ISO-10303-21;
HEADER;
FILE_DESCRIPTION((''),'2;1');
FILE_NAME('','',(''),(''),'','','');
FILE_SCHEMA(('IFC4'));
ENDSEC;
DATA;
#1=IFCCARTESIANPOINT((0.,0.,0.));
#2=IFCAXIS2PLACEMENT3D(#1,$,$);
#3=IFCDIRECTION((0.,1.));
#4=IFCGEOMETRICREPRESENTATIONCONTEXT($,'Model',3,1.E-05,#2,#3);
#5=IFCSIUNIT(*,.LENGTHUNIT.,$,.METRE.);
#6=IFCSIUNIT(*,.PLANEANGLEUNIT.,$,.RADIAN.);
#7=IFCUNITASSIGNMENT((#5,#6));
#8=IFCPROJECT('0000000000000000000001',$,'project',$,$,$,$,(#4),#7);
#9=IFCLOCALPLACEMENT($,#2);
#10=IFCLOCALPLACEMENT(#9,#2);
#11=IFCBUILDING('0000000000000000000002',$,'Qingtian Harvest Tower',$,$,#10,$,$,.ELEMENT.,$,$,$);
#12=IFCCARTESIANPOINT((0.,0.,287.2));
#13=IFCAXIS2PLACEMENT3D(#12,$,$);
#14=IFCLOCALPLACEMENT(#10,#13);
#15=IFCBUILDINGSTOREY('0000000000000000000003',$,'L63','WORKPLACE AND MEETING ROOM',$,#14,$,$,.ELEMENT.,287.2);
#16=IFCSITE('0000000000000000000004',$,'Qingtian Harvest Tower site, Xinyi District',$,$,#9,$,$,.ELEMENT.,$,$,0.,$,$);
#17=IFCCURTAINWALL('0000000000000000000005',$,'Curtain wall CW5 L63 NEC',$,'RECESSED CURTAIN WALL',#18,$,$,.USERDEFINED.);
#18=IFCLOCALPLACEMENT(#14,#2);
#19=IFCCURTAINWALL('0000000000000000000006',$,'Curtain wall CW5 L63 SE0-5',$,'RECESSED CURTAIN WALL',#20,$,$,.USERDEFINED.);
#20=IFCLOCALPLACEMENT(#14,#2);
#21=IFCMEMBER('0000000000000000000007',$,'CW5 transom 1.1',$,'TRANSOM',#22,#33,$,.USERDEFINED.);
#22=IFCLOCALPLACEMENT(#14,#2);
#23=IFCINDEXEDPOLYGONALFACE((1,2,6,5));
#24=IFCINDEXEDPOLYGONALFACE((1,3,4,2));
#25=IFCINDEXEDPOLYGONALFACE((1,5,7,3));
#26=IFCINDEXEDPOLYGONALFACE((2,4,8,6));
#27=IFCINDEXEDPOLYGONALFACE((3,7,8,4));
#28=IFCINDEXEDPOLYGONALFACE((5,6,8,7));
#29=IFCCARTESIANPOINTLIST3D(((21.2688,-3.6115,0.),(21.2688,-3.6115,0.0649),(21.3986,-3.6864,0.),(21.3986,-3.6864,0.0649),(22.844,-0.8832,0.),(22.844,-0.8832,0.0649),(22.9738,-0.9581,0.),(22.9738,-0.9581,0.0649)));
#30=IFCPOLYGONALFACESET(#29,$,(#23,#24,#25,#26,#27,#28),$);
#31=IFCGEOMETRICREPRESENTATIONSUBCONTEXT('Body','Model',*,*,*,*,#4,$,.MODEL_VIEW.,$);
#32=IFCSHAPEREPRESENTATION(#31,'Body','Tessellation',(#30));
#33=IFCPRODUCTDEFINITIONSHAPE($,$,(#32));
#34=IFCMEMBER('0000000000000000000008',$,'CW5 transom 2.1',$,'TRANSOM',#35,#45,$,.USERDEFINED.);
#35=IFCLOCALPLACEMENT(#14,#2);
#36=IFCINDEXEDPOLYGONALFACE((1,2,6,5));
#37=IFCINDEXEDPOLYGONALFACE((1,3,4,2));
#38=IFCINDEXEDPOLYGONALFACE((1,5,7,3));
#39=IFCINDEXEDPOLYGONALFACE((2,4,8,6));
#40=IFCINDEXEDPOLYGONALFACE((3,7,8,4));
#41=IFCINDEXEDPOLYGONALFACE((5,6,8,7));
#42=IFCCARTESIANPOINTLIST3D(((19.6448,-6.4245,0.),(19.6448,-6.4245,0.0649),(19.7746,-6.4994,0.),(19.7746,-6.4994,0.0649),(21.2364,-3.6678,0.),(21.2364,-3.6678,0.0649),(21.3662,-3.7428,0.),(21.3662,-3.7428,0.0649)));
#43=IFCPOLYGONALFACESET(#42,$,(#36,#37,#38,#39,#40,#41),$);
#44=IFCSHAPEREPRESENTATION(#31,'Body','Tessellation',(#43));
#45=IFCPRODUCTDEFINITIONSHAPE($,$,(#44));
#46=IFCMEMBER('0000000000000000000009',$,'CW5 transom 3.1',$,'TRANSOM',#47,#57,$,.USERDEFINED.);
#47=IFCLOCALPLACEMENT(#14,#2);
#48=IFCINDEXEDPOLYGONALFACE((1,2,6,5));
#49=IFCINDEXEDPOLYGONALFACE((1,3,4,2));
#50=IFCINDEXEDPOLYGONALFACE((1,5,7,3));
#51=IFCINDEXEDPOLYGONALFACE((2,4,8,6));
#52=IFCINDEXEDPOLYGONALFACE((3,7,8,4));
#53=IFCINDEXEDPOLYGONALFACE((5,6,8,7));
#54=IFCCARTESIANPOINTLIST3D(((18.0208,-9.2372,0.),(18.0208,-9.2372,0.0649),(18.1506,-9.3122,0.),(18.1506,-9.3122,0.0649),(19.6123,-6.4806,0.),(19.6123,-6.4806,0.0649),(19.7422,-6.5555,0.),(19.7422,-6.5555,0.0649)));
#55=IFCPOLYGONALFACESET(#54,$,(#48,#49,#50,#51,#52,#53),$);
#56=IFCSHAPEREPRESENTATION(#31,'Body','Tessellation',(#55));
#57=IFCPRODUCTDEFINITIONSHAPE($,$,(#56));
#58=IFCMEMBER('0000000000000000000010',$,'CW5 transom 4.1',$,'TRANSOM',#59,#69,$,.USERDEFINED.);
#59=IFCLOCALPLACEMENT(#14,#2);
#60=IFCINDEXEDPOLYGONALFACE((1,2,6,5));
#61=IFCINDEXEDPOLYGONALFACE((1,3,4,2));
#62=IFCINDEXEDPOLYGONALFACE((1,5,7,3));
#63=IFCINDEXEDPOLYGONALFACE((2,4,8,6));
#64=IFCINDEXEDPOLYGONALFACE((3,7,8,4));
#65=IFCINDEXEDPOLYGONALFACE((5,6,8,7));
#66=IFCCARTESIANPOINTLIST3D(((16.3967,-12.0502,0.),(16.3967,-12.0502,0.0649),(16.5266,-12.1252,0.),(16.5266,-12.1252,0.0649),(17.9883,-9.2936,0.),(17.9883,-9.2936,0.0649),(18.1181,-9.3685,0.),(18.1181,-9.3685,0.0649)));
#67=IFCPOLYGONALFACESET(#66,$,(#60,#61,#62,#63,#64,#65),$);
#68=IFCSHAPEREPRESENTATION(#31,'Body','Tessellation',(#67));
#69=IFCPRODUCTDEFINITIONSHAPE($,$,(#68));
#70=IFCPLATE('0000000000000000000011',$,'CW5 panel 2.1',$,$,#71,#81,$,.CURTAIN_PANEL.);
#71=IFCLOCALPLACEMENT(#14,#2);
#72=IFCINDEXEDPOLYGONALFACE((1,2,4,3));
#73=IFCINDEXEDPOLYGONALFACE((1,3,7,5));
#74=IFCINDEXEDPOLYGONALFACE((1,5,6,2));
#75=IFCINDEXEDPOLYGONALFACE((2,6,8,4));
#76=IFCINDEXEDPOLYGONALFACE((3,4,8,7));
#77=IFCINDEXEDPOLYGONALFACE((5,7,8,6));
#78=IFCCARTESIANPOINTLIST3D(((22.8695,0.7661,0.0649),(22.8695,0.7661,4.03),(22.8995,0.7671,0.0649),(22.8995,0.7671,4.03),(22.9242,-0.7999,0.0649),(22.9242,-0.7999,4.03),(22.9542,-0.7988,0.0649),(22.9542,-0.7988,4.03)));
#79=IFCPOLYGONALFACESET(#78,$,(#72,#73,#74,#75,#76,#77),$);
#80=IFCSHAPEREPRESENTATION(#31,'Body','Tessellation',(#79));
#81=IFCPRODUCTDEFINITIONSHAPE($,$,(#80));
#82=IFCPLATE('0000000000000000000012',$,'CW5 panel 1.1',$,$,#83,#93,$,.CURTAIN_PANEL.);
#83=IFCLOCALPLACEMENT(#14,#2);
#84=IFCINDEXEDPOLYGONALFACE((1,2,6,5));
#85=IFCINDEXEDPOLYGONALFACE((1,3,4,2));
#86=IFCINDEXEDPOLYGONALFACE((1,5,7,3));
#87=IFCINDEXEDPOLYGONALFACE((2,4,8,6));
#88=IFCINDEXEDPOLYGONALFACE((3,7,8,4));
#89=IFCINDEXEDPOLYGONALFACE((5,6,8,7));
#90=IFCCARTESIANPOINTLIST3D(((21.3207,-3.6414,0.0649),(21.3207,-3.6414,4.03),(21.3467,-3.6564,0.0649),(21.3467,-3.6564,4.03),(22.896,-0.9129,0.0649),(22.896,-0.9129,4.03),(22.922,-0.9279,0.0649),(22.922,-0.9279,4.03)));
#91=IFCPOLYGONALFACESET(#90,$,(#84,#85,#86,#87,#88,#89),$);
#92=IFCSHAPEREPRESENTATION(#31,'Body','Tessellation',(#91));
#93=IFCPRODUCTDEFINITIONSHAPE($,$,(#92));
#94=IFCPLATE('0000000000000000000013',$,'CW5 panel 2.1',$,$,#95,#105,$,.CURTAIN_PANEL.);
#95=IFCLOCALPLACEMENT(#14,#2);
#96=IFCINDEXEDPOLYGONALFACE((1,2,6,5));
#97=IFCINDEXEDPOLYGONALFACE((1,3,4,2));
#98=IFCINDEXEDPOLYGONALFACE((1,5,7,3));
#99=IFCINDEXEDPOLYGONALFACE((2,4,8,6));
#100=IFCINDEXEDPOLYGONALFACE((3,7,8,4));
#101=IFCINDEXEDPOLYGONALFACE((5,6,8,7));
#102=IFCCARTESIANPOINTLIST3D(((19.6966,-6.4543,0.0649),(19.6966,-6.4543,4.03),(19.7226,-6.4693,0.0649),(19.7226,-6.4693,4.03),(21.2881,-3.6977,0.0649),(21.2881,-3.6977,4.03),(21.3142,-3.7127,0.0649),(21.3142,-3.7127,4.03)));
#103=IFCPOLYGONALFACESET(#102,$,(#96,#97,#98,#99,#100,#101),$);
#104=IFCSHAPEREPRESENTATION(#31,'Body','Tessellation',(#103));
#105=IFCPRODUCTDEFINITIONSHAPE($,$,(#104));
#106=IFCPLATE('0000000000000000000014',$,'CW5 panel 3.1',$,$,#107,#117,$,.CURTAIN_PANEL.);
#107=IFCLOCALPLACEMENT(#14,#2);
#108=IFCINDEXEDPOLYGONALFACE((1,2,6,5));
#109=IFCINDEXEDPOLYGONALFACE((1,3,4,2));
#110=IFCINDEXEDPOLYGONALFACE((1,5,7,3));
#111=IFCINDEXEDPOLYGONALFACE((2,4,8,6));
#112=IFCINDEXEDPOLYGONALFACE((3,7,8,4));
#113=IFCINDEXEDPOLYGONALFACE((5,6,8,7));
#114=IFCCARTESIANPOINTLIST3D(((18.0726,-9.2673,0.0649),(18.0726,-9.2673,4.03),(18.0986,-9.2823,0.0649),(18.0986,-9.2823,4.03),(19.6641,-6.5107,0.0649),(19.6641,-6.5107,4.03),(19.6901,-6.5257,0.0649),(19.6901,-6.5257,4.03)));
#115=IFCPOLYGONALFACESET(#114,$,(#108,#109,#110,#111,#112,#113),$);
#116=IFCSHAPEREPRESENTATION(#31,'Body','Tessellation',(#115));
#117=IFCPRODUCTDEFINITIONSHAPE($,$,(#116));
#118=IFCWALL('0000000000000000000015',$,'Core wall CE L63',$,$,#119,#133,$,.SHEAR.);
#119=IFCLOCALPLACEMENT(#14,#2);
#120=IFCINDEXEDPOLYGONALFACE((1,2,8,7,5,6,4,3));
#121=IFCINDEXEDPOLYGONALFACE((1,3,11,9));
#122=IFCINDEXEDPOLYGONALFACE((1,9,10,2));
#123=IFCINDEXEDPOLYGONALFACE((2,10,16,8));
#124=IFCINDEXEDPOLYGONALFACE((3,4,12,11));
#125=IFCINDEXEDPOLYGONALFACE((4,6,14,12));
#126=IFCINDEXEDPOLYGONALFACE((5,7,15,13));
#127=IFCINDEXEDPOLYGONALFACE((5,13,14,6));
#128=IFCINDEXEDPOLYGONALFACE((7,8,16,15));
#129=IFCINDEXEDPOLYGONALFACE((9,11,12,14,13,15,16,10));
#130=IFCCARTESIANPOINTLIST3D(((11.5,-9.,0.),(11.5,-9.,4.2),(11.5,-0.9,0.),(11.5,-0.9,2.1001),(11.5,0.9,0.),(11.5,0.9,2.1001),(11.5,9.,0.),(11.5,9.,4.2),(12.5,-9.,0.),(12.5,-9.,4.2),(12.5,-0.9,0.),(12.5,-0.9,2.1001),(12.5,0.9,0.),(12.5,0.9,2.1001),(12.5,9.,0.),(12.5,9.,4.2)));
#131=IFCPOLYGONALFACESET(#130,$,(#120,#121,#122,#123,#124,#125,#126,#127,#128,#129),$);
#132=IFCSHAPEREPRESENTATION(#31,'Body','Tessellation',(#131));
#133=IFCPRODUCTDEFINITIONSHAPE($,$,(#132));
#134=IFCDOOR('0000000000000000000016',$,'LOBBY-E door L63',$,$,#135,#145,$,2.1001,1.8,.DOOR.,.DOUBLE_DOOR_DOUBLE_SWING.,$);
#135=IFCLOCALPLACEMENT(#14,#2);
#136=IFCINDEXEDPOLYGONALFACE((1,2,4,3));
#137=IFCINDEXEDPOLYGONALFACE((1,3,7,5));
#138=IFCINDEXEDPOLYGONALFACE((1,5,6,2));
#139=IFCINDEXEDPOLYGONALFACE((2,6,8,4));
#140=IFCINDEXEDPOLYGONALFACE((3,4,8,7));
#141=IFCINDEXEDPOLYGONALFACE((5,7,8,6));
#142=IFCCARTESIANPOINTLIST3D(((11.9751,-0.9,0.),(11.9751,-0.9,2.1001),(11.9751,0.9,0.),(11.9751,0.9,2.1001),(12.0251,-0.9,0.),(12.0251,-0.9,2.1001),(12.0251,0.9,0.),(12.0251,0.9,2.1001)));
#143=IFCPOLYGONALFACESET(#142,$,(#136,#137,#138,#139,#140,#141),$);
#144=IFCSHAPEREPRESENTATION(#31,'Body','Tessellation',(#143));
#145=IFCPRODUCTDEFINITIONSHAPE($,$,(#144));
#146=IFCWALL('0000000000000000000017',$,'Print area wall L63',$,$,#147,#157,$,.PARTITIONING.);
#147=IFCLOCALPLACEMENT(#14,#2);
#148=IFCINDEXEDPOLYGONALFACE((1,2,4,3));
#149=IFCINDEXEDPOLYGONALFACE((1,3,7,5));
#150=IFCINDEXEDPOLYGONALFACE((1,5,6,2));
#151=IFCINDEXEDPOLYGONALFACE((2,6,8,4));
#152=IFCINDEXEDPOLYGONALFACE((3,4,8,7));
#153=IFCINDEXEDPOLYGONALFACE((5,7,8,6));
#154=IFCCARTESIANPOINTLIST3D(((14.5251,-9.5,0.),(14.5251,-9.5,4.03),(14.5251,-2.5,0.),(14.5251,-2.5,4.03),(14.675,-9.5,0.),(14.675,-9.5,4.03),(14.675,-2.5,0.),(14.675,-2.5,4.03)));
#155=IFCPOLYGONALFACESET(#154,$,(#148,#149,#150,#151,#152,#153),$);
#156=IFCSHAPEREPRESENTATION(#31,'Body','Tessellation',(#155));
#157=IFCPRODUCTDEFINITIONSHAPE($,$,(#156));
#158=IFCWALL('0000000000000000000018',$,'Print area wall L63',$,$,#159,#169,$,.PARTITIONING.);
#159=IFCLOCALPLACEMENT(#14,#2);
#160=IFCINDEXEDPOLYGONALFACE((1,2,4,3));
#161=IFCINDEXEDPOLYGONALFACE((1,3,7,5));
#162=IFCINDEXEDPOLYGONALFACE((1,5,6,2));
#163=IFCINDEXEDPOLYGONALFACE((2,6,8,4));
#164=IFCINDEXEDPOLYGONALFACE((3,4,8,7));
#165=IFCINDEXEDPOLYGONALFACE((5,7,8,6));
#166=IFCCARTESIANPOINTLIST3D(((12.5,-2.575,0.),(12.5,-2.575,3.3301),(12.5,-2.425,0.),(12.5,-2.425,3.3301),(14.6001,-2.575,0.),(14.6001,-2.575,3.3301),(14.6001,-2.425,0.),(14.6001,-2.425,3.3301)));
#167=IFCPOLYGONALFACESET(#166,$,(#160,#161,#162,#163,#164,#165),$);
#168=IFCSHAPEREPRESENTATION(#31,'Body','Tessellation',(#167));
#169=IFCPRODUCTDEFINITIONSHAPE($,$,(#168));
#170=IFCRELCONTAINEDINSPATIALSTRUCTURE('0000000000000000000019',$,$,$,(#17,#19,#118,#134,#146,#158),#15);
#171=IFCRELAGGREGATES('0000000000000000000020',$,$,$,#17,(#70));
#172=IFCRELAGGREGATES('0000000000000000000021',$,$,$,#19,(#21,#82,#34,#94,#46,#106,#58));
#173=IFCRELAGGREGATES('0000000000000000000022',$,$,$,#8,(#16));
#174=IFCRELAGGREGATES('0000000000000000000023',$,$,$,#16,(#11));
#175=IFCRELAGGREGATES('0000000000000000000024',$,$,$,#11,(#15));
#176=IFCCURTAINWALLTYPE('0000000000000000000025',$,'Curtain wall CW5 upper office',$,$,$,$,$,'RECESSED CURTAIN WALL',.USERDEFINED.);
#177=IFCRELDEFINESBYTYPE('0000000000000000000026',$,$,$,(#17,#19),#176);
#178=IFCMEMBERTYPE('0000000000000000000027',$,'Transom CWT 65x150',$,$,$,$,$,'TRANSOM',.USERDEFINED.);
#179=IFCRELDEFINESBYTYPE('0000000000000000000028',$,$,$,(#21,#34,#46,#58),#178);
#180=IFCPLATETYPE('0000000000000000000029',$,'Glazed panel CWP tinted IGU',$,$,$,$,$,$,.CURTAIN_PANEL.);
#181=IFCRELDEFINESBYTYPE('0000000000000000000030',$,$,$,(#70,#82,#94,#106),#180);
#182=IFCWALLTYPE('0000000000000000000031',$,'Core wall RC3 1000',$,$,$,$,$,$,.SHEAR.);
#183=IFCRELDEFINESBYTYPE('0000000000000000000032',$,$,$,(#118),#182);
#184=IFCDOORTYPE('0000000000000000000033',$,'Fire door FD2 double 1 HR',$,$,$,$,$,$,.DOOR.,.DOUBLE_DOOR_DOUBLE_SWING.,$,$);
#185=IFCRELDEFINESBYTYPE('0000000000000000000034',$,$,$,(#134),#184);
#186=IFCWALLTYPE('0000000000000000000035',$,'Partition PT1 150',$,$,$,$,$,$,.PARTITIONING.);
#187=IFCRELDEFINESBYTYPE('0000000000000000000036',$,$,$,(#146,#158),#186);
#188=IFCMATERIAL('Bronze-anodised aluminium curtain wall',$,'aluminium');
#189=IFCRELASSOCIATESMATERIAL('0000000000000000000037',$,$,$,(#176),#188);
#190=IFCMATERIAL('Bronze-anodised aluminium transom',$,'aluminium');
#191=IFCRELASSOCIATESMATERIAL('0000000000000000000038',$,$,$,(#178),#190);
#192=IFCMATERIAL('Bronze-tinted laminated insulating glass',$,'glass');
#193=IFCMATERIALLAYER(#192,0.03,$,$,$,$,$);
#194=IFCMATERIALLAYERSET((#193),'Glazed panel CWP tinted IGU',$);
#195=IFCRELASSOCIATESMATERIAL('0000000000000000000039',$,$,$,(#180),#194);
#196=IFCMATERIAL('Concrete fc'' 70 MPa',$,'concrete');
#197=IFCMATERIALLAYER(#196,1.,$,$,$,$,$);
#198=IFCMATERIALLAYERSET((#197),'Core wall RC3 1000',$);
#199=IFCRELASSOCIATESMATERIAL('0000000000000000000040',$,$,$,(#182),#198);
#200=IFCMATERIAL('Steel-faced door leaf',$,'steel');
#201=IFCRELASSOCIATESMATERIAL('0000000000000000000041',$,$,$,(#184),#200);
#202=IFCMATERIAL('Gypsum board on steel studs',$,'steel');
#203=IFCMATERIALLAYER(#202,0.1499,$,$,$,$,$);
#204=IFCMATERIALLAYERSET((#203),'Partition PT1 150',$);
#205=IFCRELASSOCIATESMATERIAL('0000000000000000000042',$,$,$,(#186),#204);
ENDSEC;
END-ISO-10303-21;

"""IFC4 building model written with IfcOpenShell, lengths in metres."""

from ifc_helpers import new_model, si_unit, direction, frame, frame_2d, origin, origin_2d, place, context, subcontext, project, spatial, rectangle, extrude, material, layer, layer_set, material_profile, profile_set, type_object, element, fill, aggregate, save


model = new_model("IFC4")

# Units and contexts
model_context = context("Model", 3, precision=1e-05, world=origin(), true_north=direction((0.0, 1.0)))
body_context = subcontext(model_context, "Body", "Model", "MODEL_VIEW")
ifc_project = project(units=[si_unit("LENGTHUNIT", "METRE"), si_unit("PLANEANGLEUNIT", "RADIAN")], contexts=[model_context])

# Site, building, storey
site_placement = place(None, origin())
site = spatial("IfcSite", under=ifc_project, at=site_placement, Name="Qingtian Harvest Tower site, Xinyi District", CompositionType="ELEMENT", RefElevation=0.0)
building_placement = place(site_placement, origin())
building = spatial("IfcBuilding", under=site, at=building_placement, Name="Qingtian Harvest Tower", CompositionType="ELEMENT")
storey_placement = place(building_placement, frame((0.0, 0.0, 287.2)))
storey = spatial("IfcBuildingStorey", under=building, at=storey_placement, Name="L63", Description="WORKPLACE AND MEETING ROOM", CompositionType="ELEMENT", Elevation=287.2)

# Curtain wall
ifc_material_1 = material(Name="Bronze-anodised aluminium curtain wall", Category="aluminium")
curtain_wall_type = type_object("IfcCurtainWallType", Name="Curtain wall CW5 upper office", ElementType="RECESSED CURTAIN WALL", PredefinedType="USERDEFINED", material=ifc_material_1)
curtain_wall_1_placement = place(storey_placement, origin())
curtain_wall_1 = element("IfcCurtainWall", 1, at=curtain_wall_1_placement, inside=storey, type_object=curtain_wall_type, Name="Curtain wall CW5 L63 NEC", ObjectType="RECESSED CURTAIN WALL", PredefinedType="USERDEFINED")

# Curtain wall
curtain_wall_2_placement = place(storey_placement, origin())
curtain_wall_2 = element("IfcCurtainWall", 2, at=curtain_wall_2_placement, inside=storey, type_object=curtain_wall_type, Name="Curtain wall CW5 L63 SE0-5", ObjectType="RECESSED CURTAIN WALL", PredefinedType="USERDEFINED")

# Members
ifc_material_2 = material(Name="Bronze-anodised aluminium transom", Category="aluminium")
ifc_material_profile_1 = material_profile(ifc_material_2, rectangle(XDim=0.1499, YDim=0.0649, at=origin_2d()), Name="AL 65x150")
ifc_profile_set_1 = profile_set([ifc_material_profile_1], Name="Bronze-anodised aluminium transom")
member_type_1 = type_object("IfcMemberType", Name="Transom CWT 65x150", ElementType="TRANSOM", PredefinedType="USERDEFINED", material=ifc_profile_set_1)
member_1_placement = place(storey_placement, frame((22.9089, -0.9207, 0.0325), z_axis=(-0.500006, -0.866022, 0.0), x_axis=(0.866022, -0.500006, 0.0)))
member_1 = element("IfcMember", 3, at=member_1_placement, type_object=member_type_1, Name="CW5 transom 1.1", ObjectType="TRANSOM", PredefinedType="USERDEFINED", context=body_context, shape_type="SweptSolid", body=[
    extrude(rectangle(XDim=0.1499, YDim=0.0649, at=origin_2d()), origin(), (0.0, 0.0, 1.0), 3.1504),
])
member_2_placement = place(storey_placement, frame((21.3013, -3.7053, 0.0325), z_axis=(-0.500008, -0.866021, 0.0), x_axis=(0.866021, -0.500008, 0.0)))
member_2 = element("IfcMember", 4, at=member_2_placement, type_object=member_type_1, Name="CW5 transom 2.1", ObjectType="TRANSOM", PredefinedType="USERDEFINED", context=body_context, shape_type="SweptSolid", body=[
    extrude(rectangle(XDim=0.1499, YDim=0.0649, at=origin_2d()), origin(), (0.0, 0.0, 1.0), 3.1831),
])
member_3_placement = place(storey_placement, frame((19.6772, -6.5181, 0.0325), z_axis=(-0.500008, -0.866021, 0.0), x_axis=(0.866021, -0.500008, 0.0)))
member_3 = element("IfcMember", 5, at=member_3_placement, type_object=member_type_1, Name="CW5 transom 3.1", ObjectType="TRANSOM", PredefinedType="USERDEFINED", context=body_context, shape_type="SweptSolid", body=[
    extrude(rectangle(XDim=0.1499, YDim=0.0649, at=origin_2d()), origin(), (0.0, 0.0, 1.0), 3.1831),
])
member_4_placement = place(storey_placement, frame((18.0532, -9.3311, 0.0325), z_axis=(-0.500008, -0.866021, 0.0), x_axis=(0.866021, -0.500008, 0.0)))
member_4 = element("IfcMember", 6, at=member_4_placement, type_object=member_type_1, Name="CW5 transom 4.1", ObjectType="TRANSOM", PredefinedType="USERDEFINED", context=body_context, shape_type="SweptSolid", body=[
    extrude(rectangle(XDim=0.1499, YDim=0.0649, at=origin_2d()), origin(), (0.0, 0.0, 1.0), 3.1831),
])

# Plates
ifc_material_3 = material(Name="Bronze-tinted laminated insulating glass", Category="glass")
ifc_layer_1 = layer(ifc_material_3, 0.03)
ifc_layer_set_1 = layer_set([ifc_layer_1], Name="Glazed panel CWP tinted IGU")
plate_type = type_object("IfcPlateType", Name="Glazed panel CWP tinted IGU", PredefinedType="CURTAIN_PANEL", material=ifc_layer_set_1)
plate_1_placement = place(storey_placement, frame((22.9119, -0.0164, 0.0649), z_axis=(0.0, 0.0, 1.0), x_axis=(0.034899, -0.999391, 0.0)))
plate_1 = element("IfcPlate", 7, at=plate_1_placement, type_object=plate_type, Name="CW5 panel 2.1", PredefinedType="CURTAIN_PANEL", context=body_context, shape_type="SweptSolid", body=[
    extrude(rectangle(XDim=1.5669, YDim=0.03, at=origin_2d()), origin(), (0.0, 0.0, 1.0), 3.9651),
])
aggregate(curtain_wall_1, [plate_1])
plate_2_placement = place(storey_placement, frame((22.1213, -2.2847, 0.0649), z_axis=(0.0, 0.0, 1.0), x_axis=(-0.5, -0.866025, 0.0)))
plate_2 = element("IfcPlate", 8, at=plate_2_placement, type_object=plate_type, Name="CW5 panel 1.1", PredefinedType="CURTAIN_PANEL", context=body_context, shape_type="SweptSolid", body=[
    extrude(rectangle(XDim=3.1506, YDim=0.03, at=origin_2d()), origin(), (0.0, 0.0, 1.0), 3.9651),
])
plate_3_placement = place(storey_placement, frame((20.5054, -5.0835, 0.0649), z_axis=(0.0, 0.0, 1.0), x_axis=(-0.5, -0.866025, 0.0)))
plate_3 = element("IfcPlate", 9, at=plate_3_placement, type_object=plate_type, Name="CW5 panel 2.1", PredefinedType="CURTAIN_PANEL", context=body_context, shape_type="SweptSolid", body=[
    extrude(rectangle(XDim=3.1831, YDim=0.03, at=origin_2d()), origin(), (0.0, 0.0, 1.0), 3.9651),
])
plate_4_placement = place(storey_placement, frame((18.8813, -7.8965, 0.0649), z_axis=(0.0, 0.0, 1.0), x_axis=(-0.5, -0.866025, 0.0)))
plate_4 = element("IfcPlate", 10, at=plate_4_placement, type_object=plate_type, Name="CW5 panel 3.1", PredefinedType="CURTAIN_PANEL", context=body_context, shape_type="SweptSolid", body=[
    extrude(rectangle(XDim=3.1831, YDim=0.03, at=origin_2d()), origin(), (0.0, 0.0, 1.0), 3.9651),
])
aggregate(curtain_wall_2, [member_1, plate_2, member_2, plate_3, member_3, plate_4, member_4])

# Wall, opening, door
ifc_material_4 = material(Name="Concrete fc' 70 MPa", Category="concrete")
ifc_layer_2 = layer(ifc_material_4, 1.0)
ifc_layer_set_2 = layer_set([ifc_layer_2], Name="Core wall RC3 1000")
wall_type_1 = type_object("IfcWallType", Name="Core wall RC3 1000", PredefinedType="SHEAR", material=ifc_layer_set_2)
wall_1_placement = place(storey_placement, frame((12.0, -9.0, 0.0), z_axis=(0.0, 0.0, 1.0), x_axis=(0.0, 1.0, 0.0)))
wall_1 = element("IfcWall", 11, at=wall_1_placement, inside=storey, type_object=wall_type_1, Name="Core wall CE L63", PredefinedType="SHEAR", context=body_context, shape_type="SweptSolid", body=[
    extrude(rectangle(XDim=18.0, YDim=1.0, at=frame_2d((9.0, 0.0))), origin(), (0.0, 0.0, 1.0), 4.2),
])
opening_placement = place(wall_1_placement, frame((8.1001, 0.0, 0.0)))
opening = element("IfcOpeningElement", 12, at=opening_placement, cuts=wall_1, PredefinedType="OPENING", context=body_context, shape_type="SweptSolid", body=[
    extrude(rectangle(XDim=1.8, YDim=2.1001, at=frame_2d((0.8999, 1.05))), frame((0.0, 0.51, 0.0), z_axis=(0.0, -1.0, 0.0), x_axis=(1.0, 0.0, 0.0)), (0.0, 0.0, 1.0), 1.02),
])
ifc_material_5 = material(Name="Steel-faced door leaf", Category="steel")
door_type = type_object("IfcDoorType", Name="Fire door FD2 double 1 HR", OperationType="DOUBLE_DOOR_DOUBLE_SWING", PredefinedType="DOOR", material=ifc_material_5)
door_placement = place(opening_placement, origin())
door = element("IfcDoor", 13, at=door_placement, inside=storey, type_object=door_type, Name="LOBBY-E door L63", OperationType="DOUBLE_DOOR_DOUBLE_SWING", OverallHeight=2.1001, OverallWidth=1.8, PredefinedType="DOOR", context=body_context, shape_type="SweptSolid", body=[
    extrude(rectangle(XDim=1.8, YDim=2.1001, at=frame_2d((0.8999, 1.05))), frame((0.0, 0.0249, 0.0), z_axis=(0.0, -1.0, 0.0), x_axis=(1.0, 0.0, 0.0)), (0.0, 0.0, 1.0), 0.05),
])
fill(opening, door)

# Walls
ifc_material_6 = material(Name="Gypsum board on steel studs", Category="steel")
ifc_layer_3 = layer(ifc_material_6, 0.1499)
ifc_layer_set_3 = layer_set([ifc_layer_3], Name="Partition PT1 150")
wall_type_2 = type_object("IfcWallType", Name="Partition PT1 150", PredefinedType="PARTITIONING", material=ifc_layer_set_3)
wall_2_placement = place(storey_placement, frame((14.6001, -9.5, 0.0), z_axis=(0.0, 0.0, 1.0), x_axis=(0.0, 1.0, 0.0)))
element("IfcWall", 14, at=wall_2_placement, inside=storey, type_object=wall_type_2, Name="Print area wall L63", PredefinedType="PARTITIONING", context=body_context, shape_type="SweptSolid", body=[
    extrude(rectangle(XDim=7.0, YDim=0.1499, at=frame_2d((3.5, 0.0))), origin(), (0.0, 0.0, 1.0), 4.03),
])
wall_3_placement = place(storey_placement, frame((12.5, -2.5, 0.0), z_axis=(0.0, 0.0, 1.0), x_axis=(1.0, 0.0, 0.0)))
element("IfcWall", 15, at=wall_3_placement, inside=storey, type_object=wall_type_2, Name="Print area wall L63", PredefinedType="PARTITIONING", context=body_context, shape_type="SweptSolid", body=[
    extrude(rectangle(XDim=2.1001, YDim=0.1499, at=frame_2d((1.05, 0.0))), origin(), (0.0, 0.0, 1.0), 3.3301),
])

save(model, "model.ifc")
